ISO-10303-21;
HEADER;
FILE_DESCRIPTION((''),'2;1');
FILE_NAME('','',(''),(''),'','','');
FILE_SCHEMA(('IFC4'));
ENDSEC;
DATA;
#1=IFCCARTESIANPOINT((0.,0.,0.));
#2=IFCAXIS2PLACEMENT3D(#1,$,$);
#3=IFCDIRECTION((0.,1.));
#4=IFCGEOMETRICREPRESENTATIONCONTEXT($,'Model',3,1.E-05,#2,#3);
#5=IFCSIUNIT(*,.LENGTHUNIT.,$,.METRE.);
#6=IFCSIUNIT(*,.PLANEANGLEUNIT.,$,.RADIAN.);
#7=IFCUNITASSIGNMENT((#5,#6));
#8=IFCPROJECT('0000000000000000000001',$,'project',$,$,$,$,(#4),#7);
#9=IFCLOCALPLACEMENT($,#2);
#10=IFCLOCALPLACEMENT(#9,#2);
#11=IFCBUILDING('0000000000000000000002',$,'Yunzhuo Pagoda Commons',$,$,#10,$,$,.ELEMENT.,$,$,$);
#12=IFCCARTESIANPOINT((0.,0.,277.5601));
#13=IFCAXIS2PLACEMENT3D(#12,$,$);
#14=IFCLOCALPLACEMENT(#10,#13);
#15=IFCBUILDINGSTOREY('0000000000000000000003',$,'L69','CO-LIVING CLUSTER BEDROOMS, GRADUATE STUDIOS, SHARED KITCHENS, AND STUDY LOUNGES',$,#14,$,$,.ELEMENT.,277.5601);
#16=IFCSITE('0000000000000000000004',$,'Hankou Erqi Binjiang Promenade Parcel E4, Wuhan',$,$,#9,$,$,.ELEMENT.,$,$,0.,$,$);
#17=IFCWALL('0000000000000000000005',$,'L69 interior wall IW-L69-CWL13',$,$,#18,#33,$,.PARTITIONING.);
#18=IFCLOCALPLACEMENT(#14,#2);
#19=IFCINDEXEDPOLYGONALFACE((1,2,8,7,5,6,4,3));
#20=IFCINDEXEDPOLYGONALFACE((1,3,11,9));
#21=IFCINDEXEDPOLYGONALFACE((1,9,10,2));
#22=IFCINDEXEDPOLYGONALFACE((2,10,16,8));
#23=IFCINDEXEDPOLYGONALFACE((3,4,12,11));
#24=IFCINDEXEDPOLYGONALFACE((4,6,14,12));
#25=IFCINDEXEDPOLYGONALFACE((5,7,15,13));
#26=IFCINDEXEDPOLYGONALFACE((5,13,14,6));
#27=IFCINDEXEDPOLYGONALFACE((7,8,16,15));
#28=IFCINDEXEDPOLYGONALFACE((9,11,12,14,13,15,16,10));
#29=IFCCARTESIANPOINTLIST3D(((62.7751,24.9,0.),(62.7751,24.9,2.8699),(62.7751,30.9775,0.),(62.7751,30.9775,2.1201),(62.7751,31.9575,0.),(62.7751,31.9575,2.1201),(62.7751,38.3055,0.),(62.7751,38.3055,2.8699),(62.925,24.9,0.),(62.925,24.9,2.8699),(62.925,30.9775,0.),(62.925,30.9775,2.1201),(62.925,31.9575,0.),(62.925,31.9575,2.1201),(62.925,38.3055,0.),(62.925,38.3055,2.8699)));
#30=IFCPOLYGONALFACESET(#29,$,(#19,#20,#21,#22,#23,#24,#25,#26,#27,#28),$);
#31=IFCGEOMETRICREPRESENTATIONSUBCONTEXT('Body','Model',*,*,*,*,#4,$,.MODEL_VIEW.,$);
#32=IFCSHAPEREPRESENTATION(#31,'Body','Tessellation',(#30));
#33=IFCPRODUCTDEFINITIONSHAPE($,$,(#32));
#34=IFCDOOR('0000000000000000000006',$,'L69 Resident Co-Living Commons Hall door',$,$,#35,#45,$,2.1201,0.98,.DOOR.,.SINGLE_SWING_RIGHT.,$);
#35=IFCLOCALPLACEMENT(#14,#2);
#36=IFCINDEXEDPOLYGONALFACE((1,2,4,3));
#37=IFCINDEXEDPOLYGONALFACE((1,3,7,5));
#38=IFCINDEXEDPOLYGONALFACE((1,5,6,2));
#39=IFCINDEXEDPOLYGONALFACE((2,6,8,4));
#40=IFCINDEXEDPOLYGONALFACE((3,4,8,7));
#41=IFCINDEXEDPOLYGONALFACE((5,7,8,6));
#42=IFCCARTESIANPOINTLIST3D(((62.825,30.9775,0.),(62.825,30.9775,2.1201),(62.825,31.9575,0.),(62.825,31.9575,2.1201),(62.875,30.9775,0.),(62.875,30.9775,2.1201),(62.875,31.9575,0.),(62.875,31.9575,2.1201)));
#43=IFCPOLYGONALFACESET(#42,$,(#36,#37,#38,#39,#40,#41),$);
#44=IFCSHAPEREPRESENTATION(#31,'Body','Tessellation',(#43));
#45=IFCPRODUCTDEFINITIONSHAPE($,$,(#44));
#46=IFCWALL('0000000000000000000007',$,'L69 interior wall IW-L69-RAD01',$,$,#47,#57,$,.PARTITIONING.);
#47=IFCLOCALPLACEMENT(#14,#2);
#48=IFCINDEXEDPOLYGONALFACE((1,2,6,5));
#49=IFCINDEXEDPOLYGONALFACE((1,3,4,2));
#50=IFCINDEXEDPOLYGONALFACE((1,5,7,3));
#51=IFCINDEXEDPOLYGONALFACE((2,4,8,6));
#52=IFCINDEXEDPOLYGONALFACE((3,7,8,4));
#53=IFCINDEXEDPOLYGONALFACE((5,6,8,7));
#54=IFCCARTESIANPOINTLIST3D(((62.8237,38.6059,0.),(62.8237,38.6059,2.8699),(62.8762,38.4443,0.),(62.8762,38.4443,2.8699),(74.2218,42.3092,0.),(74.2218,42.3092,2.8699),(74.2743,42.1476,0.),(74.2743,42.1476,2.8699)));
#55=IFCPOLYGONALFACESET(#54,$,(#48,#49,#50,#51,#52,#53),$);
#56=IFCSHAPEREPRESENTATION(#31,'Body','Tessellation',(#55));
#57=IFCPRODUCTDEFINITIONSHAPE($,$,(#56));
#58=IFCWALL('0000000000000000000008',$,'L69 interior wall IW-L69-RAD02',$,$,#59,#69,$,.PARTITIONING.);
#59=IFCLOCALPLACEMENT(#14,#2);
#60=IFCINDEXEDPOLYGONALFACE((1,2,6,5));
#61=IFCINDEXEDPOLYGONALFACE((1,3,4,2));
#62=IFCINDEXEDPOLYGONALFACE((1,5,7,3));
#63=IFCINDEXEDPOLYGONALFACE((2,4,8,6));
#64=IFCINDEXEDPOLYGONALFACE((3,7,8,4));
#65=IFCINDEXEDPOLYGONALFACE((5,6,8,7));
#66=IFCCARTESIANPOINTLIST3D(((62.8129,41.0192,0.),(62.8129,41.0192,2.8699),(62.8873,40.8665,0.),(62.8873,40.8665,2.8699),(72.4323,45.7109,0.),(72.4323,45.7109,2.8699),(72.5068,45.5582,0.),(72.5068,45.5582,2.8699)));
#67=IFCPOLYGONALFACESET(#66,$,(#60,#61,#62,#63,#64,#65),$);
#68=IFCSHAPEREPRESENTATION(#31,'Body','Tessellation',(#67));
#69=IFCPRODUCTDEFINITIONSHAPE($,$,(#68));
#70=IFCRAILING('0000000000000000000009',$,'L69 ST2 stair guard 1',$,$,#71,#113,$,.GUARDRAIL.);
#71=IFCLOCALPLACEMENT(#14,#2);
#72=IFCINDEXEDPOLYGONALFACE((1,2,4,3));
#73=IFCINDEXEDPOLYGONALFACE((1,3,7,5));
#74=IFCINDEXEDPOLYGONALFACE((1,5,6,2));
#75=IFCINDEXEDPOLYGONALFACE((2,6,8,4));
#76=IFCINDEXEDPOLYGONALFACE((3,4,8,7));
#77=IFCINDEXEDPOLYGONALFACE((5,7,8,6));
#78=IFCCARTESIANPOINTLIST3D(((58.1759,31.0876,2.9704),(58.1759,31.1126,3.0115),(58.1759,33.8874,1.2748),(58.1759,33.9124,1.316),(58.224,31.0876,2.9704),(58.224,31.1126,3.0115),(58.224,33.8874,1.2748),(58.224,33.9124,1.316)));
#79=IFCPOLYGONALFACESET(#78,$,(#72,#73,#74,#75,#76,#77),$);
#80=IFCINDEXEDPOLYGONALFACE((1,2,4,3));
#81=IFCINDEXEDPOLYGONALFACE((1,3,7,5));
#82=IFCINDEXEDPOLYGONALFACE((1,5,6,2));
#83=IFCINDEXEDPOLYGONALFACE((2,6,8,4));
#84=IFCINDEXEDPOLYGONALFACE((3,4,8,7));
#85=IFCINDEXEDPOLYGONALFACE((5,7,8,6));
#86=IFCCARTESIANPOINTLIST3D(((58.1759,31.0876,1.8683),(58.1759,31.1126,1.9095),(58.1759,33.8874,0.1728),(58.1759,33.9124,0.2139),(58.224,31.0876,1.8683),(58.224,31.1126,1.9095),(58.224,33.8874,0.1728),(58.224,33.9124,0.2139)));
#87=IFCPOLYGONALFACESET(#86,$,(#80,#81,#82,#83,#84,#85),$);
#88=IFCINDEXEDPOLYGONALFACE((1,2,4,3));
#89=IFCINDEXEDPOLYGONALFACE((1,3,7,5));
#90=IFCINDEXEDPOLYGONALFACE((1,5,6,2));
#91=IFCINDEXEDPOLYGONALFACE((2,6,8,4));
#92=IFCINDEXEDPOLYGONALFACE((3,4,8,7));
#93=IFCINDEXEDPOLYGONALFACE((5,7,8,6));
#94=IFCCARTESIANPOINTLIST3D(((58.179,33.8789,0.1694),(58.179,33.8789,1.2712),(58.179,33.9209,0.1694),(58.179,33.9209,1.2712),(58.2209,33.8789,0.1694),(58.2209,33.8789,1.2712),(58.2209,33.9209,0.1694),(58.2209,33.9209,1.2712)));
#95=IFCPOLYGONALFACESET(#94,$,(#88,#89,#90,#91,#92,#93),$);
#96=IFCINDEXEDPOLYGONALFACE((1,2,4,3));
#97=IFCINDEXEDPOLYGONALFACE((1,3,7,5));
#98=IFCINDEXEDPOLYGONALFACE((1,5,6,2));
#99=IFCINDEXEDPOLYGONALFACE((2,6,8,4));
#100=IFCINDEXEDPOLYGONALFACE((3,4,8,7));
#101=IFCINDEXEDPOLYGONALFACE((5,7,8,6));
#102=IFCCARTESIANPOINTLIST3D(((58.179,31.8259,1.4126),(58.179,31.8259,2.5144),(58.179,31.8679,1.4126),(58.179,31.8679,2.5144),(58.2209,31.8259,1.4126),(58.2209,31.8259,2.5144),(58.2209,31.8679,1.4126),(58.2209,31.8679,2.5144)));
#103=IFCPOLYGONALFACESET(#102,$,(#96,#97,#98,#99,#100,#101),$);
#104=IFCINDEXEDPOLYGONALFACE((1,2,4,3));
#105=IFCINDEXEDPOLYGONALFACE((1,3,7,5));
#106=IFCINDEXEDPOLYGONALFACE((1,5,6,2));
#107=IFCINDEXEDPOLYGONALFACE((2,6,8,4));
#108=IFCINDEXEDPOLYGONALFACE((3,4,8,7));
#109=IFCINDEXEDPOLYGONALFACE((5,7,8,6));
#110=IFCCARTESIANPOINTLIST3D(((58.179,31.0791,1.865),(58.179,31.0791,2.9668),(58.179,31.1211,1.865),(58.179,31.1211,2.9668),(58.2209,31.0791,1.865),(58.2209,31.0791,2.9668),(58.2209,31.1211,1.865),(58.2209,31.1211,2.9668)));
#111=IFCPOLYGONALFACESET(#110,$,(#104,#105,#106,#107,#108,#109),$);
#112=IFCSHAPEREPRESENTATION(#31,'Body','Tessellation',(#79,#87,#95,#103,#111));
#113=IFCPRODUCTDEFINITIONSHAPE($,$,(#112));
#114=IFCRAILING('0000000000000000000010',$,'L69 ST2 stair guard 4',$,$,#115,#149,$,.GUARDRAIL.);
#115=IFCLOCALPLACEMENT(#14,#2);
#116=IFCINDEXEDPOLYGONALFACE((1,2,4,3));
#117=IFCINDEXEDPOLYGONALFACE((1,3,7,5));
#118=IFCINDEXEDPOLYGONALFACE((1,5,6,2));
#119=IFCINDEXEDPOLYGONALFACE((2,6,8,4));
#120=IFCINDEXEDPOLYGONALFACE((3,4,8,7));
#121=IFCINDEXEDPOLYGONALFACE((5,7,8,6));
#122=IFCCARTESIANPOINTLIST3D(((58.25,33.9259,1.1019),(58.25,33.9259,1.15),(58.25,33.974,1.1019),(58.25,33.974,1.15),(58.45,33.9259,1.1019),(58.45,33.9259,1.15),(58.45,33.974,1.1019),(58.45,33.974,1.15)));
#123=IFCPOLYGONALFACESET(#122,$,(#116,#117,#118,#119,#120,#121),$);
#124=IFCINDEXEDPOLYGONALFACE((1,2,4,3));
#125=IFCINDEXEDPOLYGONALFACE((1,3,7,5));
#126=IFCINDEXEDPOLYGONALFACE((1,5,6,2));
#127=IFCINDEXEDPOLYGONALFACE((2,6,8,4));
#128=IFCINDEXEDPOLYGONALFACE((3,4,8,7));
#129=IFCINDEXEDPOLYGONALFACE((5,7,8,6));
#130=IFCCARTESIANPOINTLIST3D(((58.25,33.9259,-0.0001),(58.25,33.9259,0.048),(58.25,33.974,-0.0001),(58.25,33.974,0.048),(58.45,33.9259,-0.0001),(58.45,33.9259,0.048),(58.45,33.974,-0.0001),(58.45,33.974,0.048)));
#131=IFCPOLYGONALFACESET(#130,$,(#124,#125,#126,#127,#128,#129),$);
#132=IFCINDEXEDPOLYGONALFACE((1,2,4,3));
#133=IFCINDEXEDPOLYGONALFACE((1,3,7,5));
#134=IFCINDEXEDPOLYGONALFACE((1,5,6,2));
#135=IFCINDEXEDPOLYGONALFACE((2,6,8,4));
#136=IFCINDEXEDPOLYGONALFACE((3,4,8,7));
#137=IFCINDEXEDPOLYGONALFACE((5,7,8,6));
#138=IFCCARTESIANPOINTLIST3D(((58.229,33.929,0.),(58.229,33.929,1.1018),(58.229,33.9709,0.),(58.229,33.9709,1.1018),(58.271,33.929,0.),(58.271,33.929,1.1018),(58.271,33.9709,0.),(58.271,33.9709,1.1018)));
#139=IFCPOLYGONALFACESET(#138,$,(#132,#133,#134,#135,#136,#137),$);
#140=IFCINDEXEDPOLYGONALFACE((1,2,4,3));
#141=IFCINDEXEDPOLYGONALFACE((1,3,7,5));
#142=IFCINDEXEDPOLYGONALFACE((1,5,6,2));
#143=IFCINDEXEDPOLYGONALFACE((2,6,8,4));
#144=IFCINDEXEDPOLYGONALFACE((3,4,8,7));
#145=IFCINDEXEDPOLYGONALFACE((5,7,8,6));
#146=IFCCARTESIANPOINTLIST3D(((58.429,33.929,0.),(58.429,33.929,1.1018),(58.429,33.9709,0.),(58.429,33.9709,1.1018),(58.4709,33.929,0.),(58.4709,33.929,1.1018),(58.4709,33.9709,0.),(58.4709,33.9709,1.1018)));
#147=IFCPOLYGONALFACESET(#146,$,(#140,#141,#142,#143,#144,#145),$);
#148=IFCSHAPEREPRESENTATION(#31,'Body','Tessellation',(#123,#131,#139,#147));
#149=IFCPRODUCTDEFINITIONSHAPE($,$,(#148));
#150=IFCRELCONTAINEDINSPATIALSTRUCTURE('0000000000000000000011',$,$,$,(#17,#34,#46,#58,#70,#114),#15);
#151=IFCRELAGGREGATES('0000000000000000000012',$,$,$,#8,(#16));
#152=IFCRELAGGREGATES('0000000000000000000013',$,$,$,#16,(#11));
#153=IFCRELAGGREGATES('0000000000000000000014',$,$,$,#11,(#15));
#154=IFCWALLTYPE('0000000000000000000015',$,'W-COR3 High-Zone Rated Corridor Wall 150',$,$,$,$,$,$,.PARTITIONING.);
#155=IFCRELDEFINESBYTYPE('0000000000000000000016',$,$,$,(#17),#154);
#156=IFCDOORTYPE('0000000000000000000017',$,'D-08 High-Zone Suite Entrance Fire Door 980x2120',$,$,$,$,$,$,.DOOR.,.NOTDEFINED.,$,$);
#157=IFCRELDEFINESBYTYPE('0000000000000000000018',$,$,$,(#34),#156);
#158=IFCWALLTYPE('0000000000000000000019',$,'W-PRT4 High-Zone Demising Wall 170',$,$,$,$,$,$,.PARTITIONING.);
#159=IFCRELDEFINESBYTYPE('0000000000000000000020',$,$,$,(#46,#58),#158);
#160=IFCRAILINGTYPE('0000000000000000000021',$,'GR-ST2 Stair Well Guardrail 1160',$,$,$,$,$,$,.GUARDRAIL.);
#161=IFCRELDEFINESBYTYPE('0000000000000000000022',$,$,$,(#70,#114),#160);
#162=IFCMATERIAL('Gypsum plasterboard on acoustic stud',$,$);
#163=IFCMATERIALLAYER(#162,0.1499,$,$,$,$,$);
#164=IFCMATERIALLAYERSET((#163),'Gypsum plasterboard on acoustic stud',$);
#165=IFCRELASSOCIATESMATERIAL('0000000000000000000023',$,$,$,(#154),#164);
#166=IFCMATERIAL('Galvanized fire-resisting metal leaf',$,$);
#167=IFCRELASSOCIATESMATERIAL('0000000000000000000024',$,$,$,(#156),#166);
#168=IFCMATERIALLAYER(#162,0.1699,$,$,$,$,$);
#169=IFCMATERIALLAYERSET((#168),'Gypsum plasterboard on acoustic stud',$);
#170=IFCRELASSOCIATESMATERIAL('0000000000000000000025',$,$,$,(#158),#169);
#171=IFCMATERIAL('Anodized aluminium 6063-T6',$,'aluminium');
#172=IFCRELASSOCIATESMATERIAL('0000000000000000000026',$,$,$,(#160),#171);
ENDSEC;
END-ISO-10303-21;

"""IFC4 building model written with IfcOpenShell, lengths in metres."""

from ifc_helpers import new_model, si_unit, direction, frame, frame_2d, origin, origin_with_axes, origin_2d, place, context, subcontext, project, spatial, rectangle, extrude, source, transform, mapped, material, layer, layer_set, type_object, element, fill, save


model = new_model("IFC4")

# Units and contexts
model_context = context("Model", 3, precision=1e-05, world=origin(), true_north=direction((0.0, 1.0)))
body_context = subcontext(model_context, "Body", "Model", "MODEL_VIEW")
ifc_project = project(units=[si_unit("LENGTHUNIT", "METRE"), si_unit("PLANEANGLEUNIT", "RADIAN")], contexts=[model_context])

# Site, building, storey
site_placement = place(None, origin())
site = spatial("IfcSite", under=ifc_project, at=site_placement, Name="Hankou Erqi Binjiang Promenade Parcel E4, Wuhan", CompositionType="ELEMENT", RefElevation=0.0)
building_placement = place(site_placement, origin())
building = spatial("IfcBuilding", under=site, at=building_placement, Name="Yunzhuo Pagoda Commons", CompositionType="ELEMENT")
storey_placement = place(building_placement, frame((0.0, 0.0, 277.5601)))
storey = spatial("IfcBuildingStorey", under=building, at=storey_placement, Name="L69", Description="CO-LIVING CLUSTER BEDROOMS, GRADUATE STUDIOS, SHARED KITCHENS, AND STUDY LOUNGES", CompositionType="ELEMENT", Elevation=277.5601)

# Shared definitions
ifc_material_1 = material(Name="Anodized aluminium 6063-T6", Category="aluminium")

# Shared definitions
ifc_material_2 = material(Name="Gypsum plasterboard on acoustic stud")
ifc_layer_1 = layer(ifc_material_2, 0.1499)
ifc_layer_set_1 = layer_set([ifc_layer_1], Name="Gypsum plasterboard on acoustic stud")
wall_type_1 = type_object("IfcWallType", Name="W-COR3 High-Zone Rated Corridor Wall 150", PredefinedType="PARTITIONING", material=ifc_layer_set_1)

# Wall, opening, door
wall_1_placement = place(storey_placement, frame((62.8501, 38.3054, 0.0), z_axis=(0.0, 0.0, 1.0), x_axis=(0.0, -1.0, 0.0)))
wall_1 = element("IfcWall", 1, at=wall_1_placement, inside=storey, type_object=wall_type_1, Name="L69 interior wall IW-L69-CWL13", PredefinedType="PARTITIONING", context=body_context, shape_type="SweptSolid", body=[
    extrude(rectangle(XDim=13.4055, YDim=0.1499, at=frame_2d((6.7026, 0.0))), origin(), (0.0, 0.0, 1.0), 2.8699),
])
opening_1_placement = place(wall_1_placement, frame((6.3479, 0.0, 0.0)))
opening_1 = element("IfcOpeningElement", 2, at=opening_1_placement, cuts=wall_1, PredefinedType="OPENING", context=body_context, shape_type="SweptSolid", body=[
    extrude(rectangle(XDim=0.98, YDim=2.1201, at=frame_2d((0.49, 1.0601))), frame((0.0, 0.085, 0.0), z_axis=(0.0, -1.0, 0.0), x_axis=(1.0, 0.0, 0.0)), (0.0, 0.0, 1.0), 0.1699),
])
ifc_material_3 = material(Name="Galvanized fire-resisting metal leaf")
door_type_1 = type_object("IfcDoorType", Name="D-08 High-Zone Suite Entrance Fire Door 980x2120", OperationType="NOTDEFINED", PredefinedType="DOOR", material=ifc_material_3)
shared_shape_1 = source(origin(), body_context, "Body", "SweptSolid", [
    extrude(rectangle(XDim=0.98, YDim=2.1201, at=frame_2d((0.49, 1.0601))), frame((0.0, 0.0249, 0.0), z_axis=(0.0, -1.0, 0.0), x_axis=(1.0, 0.0, 0.0)), (0.0, 0.0, 1.0), 0.05),
])
door_1_placement = place(opening_1_placement, origin_with_axes())
door_1 = element("IfcDoor", 3, at=door_1_placement, inside=storey, type_object=door_type_1, Name="L69 Resident Co-Living Commons Hall door", OperationType="SINGLE_SWING_RIGHT", OverallHeight=2.1201, OverallWidth=0.98, PredefinedType="DOOR", context=body_context, shape_type="MappedRepresentation", body=[
    mapped(shared_shape_1, transform((0.0, 0.0, 0.0), scale=1.0)),
])
fill(opening_1, door_1)

# Walls
ifc_layer_2 = layer(ifc_material_2, 0.1699)
ifc_layer_set_2 = layer_set([ifc_layer_2], Name="Gypsum plasterboard on acoustic stud")
wall_type_2 = type_object("IfcWallType", Name="W-PRT4 High-Zone Demising Wall 170", PredefinedType="PARTITIONING", material=ifc_layer_set_2)
wall_2_placement = place(storey_placement, frame((62.8501, 38.5251, 0.0), z_axis=(0.0, 0.0, 1.0), x_axis=(0.95106, 0.309007, 0.0)))
element("IfcWall", 4, at=wall_2_placement, inside=storey, type_object=wall_type_2, Name="L69 interior wall IW-L69-RAD01", PredefinedType="PARTITIONING", context=body_context, shape_type="SweptSolid", body=[
    extrude(rectangle(XDim=11.9846, YDim=0.1699, at=frame_2d((5.9922, 0.0))), origin(), (0.0, 0.0, 1.0), 2.8699),
])
wall_3_placement = place(storey_placement, frame((62.8501, 40.9429, 0.0), z_axis=(0.0, 0.0, 1.0), x_axis=(0.898795, 0.438368, 0.0)))
element("IfcWall", 5, at=wall_3_placement, inside=storey, type_object=wall_type_2, Name="L69 interior wall IW-L69-RAD02", PredefinedType="PARTITIONING", context=body_context, shape_type="SweptSolid", body=[
    extrude(rectangle(XDim=10.7026, YDim=0.1699, at=frame_2d((5.3513, 0.0))), origin(), (0.0, 0.0, 1.0), 2.8699),
])

# Railings
railing_type = type_object("IfcRailingType", Name="GR-ST2 Stair Well Guardrail 1160", PredefinedType="GUARDRAIL", material=ifc_material_1)
railing_1_placement = place(storey_placement, frame((58.2, 33.8999, 0.1694)))
element("IfcRailing", 6, at=railing_1_placement, inside=storey, type_object=railing_type, Name="L69 ST2 stair guard 1", PredefinedType="GUARDRAIL", context=body_context, shape_type="SweptSolid", body=[
    extrude(rectangle(XDim=0.0481, YDim=0.0481, at=origin_2d()), frame((0.0, 0.0, 1.126), z_axis=(0.0, -0.855373, 0.518012), x_axis=(1.0, 0.0, 0.0)), (0.0, 0.0, 1.0), 3.2732),
    extrude(rectangle(XDim=0.0481, YDim=0.0481, at=origin_2d()), frame((0.0, 0.0, 0.0239), z_axis=(0.0, -0.855373, 0.518012), x_axis=(1.0, 0.0, 0.0)), (0.0, 0.0, 1.0), 3.2732),
    extrude(rectangle(XDim=0.042, YDim=0.042, at=origin_2d()), origin(), (0.0, 0.0, 1.0), 1.1018),
    extrude(rectangle(XDim=0.042, YDim=0.042, at=origin_2d()), frame((0.0, -2.053, 1.2432)), (0.0, 0.0, 1.0), 1.1018),
    extrude(rectangle(XDim=0.042, YDim=0.042, at=origin_2d()), frame((0.0, -2.7998, 1.6956)), (0.0, 0.0, 1.0), 1.1018),
])
railing_2_placement = place(storey_placement, frame((58.25, 33.95, 0.0)))
element("IfcRailing", 7, at=railing_2_placement, inside=storey, type_object=railing_type, Name="L69 ST2 stair guard 4", PredefinedType="GUARDRAIL", context=body_context, shape_type="SweptSolid", body=[
    extrude(rectangle(XDim=0.0481, YDim=0.0481, at=origin_2d()), frame((0.0, 0.0, 1.126), z_axis=(1.0, 0.0, 0.0), x_axis=(0.0, 1.0, 0.0)), (0.0, 0.0, 1.0), 0.2),
    extrude(rectangle(XDim=0.0481, YDim=0.0481, at=origin_2d()), frame((0.0, 0.0, 0.0239), z_axis=(1.0, 0.0, 0.0), x_axis=(0.0, 1.0, 0.0)), (0.0, 0.0, 1.0), 0.2),
    extrude(rectangle(XDim=0.042, YDim=0.042, at=origin_2d()), origin(), (0.0, 0.0, 1.0), 1.1018),
    extrude(rectangle(XDim=0.042, YDim=0.042, at=origin_2d()), frame((0.2, 0.0, 0.0)), (0.0, 0.0, 1.0), 1.1018),
])

save(model, "model.ifc")
